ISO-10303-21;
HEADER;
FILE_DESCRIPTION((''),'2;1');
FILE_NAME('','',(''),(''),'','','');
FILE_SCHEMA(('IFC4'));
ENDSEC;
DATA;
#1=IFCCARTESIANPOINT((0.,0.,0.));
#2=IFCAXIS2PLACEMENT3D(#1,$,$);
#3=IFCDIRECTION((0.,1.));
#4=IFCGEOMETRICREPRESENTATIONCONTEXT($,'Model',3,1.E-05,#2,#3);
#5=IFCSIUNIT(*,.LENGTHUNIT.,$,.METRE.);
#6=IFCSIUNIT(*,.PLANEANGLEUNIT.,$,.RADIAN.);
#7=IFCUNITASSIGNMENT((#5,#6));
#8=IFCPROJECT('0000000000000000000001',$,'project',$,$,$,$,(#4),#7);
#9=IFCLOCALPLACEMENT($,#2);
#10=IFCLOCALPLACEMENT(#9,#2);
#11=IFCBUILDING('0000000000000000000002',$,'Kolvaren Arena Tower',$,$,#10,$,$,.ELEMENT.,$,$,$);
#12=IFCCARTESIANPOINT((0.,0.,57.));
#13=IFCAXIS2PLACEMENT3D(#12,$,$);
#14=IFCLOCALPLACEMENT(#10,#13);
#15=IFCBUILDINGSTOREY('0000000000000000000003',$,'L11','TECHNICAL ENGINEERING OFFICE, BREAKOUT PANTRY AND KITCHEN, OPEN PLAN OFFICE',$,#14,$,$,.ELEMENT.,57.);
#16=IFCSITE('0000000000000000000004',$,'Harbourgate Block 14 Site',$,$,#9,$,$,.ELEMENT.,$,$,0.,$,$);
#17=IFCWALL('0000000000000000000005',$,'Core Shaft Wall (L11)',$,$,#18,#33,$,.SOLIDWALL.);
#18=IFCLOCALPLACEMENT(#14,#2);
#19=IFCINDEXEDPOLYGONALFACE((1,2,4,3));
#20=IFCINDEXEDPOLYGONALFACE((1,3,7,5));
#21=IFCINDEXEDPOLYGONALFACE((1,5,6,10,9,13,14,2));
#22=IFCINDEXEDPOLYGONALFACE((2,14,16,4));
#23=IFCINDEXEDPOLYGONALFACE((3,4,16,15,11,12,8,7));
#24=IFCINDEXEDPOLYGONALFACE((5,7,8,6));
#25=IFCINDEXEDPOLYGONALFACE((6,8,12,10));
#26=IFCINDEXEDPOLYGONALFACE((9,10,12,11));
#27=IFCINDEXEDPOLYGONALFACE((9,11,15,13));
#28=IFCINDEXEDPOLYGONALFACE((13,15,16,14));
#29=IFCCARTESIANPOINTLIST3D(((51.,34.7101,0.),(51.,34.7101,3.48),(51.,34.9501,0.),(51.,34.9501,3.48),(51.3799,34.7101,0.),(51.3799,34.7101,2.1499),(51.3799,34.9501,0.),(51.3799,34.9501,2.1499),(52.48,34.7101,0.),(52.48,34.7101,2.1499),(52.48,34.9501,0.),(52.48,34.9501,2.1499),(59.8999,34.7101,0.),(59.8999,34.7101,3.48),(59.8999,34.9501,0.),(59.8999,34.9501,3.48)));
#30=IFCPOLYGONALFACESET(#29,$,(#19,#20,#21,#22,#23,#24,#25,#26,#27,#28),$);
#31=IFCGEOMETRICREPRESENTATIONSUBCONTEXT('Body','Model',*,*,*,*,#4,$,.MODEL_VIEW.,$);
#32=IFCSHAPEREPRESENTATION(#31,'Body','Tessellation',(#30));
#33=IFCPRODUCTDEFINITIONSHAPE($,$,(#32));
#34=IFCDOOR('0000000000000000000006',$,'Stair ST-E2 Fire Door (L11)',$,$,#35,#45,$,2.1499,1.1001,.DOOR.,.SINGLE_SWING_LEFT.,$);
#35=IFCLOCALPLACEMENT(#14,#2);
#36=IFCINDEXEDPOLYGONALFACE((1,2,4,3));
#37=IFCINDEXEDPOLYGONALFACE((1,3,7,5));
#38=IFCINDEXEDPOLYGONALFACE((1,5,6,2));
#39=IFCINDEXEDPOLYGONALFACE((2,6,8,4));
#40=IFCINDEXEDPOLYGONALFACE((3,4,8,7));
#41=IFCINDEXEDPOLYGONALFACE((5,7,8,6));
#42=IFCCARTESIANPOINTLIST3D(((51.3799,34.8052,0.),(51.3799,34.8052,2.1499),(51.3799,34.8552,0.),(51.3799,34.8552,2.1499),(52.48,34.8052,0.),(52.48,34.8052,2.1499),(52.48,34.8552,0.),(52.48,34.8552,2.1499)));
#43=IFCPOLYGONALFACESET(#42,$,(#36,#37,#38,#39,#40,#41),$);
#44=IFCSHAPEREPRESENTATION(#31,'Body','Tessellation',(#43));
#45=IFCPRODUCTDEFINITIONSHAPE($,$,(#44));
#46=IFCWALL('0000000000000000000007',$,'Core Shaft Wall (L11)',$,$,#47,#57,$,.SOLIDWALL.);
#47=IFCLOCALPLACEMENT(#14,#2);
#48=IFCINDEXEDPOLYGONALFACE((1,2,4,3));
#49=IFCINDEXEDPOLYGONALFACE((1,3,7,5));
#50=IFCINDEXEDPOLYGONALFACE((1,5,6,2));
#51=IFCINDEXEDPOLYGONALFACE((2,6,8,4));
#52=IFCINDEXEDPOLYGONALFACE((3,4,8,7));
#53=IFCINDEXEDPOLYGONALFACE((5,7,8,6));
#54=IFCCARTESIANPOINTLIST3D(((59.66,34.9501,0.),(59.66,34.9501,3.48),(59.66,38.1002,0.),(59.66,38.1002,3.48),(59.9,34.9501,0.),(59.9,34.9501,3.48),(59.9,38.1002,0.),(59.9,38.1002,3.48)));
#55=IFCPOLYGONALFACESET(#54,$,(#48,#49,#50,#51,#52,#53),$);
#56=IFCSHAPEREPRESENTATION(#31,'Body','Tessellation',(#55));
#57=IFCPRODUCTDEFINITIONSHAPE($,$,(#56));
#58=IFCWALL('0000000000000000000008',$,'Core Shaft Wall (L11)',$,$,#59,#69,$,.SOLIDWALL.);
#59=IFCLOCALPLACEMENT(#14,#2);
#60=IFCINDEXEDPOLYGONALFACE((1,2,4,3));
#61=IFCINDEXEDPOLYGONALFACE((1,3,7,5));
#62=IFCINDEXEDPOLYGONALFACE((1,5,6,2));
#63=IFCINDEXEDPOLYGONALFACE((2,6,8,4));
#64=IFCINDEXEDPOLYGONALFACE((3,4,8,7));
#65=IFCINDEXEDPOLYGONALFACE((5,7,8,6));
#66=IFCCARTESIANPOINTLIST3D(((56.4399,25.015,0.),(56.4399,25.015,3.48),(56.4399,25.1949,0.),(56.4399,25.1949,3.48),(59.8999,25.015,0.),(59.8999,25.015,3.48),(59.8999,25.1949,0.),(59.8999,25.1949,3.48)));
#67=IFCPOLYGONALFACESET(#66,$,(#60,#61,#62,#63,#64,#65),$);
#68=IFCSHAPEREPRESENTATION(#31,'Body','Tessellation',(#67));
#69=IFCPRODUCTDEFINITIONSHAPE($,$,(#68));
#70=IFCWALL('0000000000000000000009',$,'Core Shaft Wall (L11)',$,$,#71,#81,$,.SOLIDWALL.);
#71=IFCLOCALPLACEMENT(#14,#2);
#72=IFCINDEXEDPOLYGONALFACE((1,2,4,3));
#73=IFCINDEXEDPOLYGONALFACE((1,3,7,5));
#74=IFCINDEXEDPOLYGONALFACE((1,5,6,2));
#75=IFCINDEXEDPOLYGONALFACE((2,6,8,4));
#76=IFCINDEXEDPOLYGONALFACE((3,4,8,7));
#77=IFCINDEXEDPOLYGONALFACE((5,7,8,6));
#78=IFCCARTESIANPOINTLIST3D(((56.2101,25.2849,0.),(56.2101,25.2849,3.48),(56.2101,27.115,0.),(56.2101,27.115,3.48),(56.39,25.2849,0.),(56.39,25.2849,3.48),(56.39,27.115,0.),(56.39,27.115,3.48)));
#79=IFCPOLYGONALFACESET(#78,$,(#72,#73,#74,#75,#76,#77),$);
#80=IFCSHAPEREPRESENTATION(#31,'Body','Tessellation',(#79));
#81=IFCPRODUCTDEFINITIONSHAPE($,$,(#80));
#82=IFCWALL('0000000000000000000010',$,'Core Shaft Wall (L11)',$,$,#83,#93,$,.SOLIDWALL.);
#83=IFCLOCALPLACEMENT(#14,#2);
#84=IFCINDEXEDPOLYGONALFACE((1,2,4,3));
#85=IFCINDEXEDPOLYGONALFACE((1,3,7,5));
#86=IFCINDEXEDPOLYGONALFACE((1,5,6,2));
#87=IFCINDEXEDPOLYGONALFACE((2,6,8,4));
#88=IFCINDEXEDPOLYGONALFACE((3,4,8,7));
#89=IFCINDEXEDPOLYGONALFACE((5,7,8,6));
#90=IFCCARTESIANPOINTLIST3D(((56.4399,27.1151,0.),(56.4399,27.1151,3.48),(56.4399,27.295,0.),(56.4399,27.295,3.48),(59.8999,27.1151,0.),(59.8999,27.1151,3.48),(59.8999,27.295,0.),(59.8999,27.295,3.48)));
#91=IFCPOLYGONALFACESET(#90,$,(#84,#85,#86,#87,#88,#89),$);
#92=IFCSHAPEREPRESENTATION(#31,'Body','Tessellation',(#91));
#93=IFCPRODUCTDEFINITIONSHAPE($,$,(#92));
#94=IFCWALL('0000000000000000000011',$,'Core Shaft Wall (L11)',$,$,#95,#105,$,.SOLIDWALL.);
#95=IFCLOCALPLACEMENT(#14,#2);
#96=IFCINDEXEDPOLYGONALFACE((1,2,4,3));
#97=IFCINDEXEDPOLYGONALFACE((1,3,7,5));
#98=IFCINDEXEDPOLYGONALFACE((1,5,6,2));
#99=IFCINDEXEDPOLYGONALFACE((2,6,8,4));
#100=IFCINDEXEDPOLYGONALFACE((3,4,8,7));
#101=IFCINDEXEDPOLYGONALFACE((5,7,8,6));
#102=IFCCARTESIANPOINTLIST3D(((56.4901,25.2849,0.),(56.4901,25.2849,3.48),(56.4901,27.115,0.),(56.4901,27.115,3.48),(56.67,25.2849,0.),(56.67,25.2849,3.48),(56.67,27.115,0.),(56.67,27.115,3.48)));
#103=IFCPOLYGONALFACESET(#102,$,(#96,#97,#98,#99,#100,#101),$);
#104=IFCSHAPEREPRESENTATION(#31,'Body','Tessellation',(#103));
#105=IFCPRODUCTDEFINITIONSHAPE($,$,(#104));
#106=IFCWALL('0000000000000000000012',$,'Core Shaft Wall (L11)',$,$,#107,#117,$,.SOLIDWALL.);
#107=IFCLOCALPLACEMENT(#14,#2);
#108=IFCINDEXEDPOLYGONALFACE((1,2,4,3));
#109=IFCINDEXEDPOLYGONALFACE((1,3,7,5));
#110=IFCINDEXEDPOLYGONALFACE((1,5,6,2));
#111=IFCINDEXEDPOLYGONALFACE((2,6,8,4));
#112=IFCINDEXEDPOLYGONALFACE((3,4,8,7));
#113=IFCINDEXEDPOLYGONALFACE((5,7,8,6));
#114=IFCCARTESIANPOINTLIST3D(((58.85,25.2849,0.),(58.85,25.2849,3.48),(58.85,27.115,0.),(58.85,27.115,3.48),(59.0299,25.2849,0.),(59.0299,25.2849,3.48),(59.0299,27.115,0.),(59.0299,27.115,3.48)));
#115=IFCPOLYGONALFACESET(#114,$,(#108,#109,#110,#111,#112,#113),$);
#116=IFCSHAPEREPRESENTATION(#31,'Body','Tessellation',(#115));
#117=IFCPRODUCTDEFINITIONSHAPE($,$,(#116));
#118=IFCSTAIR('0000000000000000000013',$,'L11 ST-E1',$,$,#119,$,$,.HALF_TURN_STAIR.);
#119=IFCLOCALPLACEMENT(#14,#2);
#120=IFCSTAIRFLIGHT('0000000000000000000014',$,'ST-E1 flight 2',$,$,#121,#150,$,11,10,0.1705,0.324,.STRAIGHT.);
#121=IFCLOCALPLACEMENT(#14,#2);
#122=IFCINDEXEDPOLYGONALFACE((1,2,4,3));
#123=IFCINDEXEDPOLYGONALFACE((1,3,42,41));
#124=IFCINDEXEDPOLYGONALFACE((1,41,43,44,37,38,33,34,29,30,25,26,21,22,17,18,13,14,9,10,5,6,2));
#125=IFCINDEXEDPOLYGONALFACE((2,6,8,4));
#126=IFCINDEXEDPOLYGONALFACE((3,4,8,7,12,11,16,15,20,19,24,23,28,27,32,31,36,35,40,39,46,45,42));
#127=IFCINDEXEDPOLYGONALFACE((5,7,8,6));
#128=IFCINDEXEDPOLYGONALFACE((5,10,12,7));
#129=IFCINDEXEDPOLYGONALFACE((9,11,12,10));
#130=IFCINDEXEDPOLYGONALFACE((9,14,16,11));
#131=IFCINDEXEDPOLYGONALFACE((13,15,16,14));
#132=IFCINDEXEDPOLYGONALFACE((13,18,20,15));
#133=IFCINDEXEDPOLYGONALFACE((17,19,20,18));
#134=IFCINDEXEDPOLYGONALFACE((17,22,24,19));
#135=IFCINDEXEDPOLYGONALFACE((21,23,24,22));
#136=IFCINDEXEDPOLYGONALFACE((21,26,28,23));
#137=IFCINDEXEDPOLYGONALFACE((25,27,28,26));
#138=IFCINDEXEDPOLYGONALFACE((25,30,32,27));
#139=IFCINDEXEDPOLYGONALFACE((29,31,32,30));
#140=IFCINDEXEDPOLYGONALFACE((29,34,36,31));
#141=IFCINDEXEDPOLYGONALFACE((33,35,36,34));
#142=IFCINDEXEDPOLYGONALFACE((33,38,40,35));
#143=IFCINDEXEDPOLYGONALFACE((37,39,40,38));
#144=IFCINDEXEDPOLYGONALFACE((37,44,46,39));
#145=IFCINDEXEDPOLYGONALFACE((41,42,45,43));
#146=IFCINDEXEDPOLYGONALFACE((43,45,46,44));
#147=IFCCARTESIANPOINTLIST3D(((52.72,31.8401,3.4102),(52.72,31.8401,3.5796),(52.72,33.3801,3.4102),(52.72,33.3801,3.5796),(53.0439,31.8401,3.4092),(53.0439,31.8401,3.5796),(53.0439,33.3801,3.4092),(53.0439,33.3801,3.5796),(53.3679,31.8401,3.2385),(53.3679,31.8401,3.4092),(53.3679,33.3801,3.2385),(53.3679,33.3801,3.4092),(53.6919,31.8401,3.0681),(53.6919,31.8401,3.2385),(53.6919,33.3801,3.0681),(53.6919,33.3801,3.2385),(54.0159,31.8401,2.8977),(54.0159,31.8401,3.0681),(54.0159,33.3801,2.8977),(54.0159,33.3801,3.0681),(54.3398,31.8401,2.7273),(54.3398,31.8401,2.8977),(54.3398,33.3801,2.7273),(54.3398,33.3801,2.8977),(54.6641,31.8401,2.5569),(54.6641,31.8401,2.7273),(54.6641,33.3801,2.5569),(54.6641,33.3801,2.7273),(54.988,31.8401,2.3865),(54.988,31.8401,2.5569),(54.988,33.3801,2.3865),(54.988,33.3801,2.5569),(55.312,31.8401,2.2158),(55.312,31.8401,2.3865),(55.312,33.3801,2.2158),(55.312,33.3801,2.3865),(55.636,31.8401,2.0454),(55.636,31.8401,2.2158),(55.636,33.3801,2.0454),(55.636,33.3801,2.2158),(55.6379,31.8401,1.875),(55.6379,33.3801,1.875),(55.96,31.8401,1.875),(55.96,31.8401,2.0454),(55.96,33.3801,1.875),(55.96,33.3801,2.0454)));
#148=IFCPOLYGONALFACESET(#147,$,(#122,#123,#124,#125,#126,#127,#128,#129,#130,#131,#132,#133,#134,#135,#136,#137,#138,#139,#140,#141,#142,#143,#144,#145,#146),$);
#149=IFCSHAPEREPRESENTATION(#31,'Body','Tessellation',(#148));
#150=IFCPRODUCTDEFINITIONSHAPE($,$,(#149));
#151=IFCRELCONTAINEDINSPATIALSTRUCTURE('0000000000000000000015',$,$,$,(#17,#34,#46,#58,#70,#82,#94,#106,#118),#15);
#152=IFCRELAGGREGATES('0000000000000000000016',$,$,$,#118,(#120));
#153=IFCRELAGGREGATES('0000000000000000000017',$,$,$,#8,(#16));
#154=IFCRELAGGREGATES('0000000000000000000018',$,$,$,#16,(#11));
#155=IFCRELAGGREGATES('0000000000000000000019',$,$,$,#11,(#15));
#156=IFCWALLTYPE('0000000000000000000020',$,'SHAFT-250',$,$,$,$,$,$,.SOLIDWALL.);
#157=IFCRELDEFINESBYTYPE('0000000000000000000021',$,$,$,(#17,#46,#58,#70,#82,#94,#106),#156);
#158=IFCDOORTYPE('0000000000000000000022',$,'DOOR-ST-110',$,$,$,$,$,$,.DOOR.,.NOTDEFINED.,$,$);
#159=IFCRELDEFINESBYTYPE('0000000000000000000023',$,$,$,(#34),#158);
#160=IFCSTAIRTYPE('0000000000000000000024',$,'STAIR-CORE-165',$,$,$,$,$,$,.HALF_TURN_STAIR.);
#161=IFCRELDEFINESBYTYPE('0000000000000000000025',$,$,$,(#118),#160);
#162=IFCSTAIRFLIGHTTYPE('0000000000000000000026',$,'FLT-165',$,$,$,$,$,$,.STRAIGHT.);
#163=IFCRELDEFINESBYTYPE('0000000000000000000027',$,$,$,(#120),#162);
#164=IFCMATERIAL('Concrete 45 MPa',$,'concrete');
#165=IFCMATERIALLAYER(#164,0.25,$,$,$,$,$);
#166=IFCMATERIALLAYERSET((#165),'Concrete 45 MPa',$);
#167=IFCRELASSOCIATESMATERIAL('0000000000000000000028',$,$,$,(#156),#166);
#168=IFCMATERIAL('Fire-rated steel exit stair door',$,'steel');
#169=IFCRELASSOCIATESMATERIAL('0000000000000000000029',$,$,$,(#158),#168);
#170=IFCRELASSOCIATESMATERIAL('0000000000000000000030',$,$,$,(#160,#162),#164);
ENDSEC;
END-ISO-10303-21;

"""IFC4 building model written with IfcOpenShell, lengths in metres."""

from ifc_helpers import new_model, si_unit, direction, frame, frame_2d, origin, place, context, subcontext, project, spatial, polyline, rectangle, outline, extrude, material, layer, layer_set, type_object, element, fill, aggregate, save


model = new_model("IFC4")

# Units and contexts
model_context = context("Model", 3, precision=1e-05, world=origin(), true_north=direction((0.0, 1.0)))
body_context = subcontext(model_context, "Body", "Model", "MODEL_VIEW")
ifc_project = project(units=[si_unit("LENGTHUNIT", "METRE"), si_unit("PLANEANGLEUNIT", "RADIAN")], contexts=[model_context])

# Site, building, storey
site_placement = place(None, origin())
site = spatial("IfcSite", under=ifc_project, at=site_placement, Name="Harbourgate Block 14 Site", CompositionType="ELEMENT", RefElevation=0.0)
building_placement = place(site_placement, origin())
building = spatial("IfcBuilding", under=site, at=building_placement, Name="Kolvaren Arena Tower", CompositionType="ELEMENT")
storey_placement = place(building_placement, frame((0.0, 0.0, 57.0)))
storey = spatial("IfcBuildingStorey", under=building, at=storey_placement, Name="L11", Description="TECHNICAL ENGINEERING OFFICE, BREAKOUT PANTRY AND KITCHEN, OPEN PLAN OFFICE", CompositionType="ELEMENT", Elevation=57.0)

# Shared definitions
ifc_material_1 = material(Name="Concrete 45 MPa", Category="concrete")
ifc_layer = layer(ifc_material_1, 0.25)
ifc_layer_set = layer_set([ifc_layer], Name="Concrete 45 MPa")
wall_type = type_object("IfcWallType", Name="SHAFT-250", PredefinedType="SOLIDWALL", material=ifc_layer_set)
ifc_material_2 = material(Name="Fire-rated steel exit stair door", Category="steel")
door_type = type_object("IfcDoorType", Name="DOOR-ST-110", OperationType="NOTDEFINED", PredefinedType="DOOR", material=ifc_material_2)

# Wall, opening, door
wall_1_placement = place(storey_placement, frame((59.8999, 34.8301, 0.0), z_axis=(0.0, 0.0, 1.0), x_axis=(-1.0, 0.0, 0.0)))
wall_1 = element("IfcWall", 1, at=wall_1_placement, inside=storey, type_object=wall_type, Name="Core Shaft Wall (L11)", PredefinedType="SOLIDWALL", context=body_context, shape_type="SweptSolid", body=[
    extrude(rectangle(XDim=8.8999, YDim=0.24, at=frame_2d((4.45, 0.0))), origin(), (0.0, 0.0, 1.0), 3.48),
])
opening_1_placement = place(wall_1_placement, frame((7.4199, 0.0, 0.0)))
opening_1 = element("IfcOpeningElement", 2, at=opening_1_placement, cuts=wall_1, PredefinedType="OPENING", context=body_context, shape_type="SweptSolid", body=[
    extrude(rectangle(XDim=1.1001, YDim=2.1499, at=frame_2d((0.55, 1.075))), frame((0.0, 0.1299, 0.0), z_axis=(0.0, -1.0, 0.0), x_axis=(1.0, 0.0, 0.0)), (0.0, 0.0, 1.0), 0.26),
])
door_1_placement = place(opening_1_placement, origin())
door_1 = element("IfcDoor", 3, at=door_1_placement, inside=storey, type_object=door_type, Name="Stair ST-E2 Fire Door (L11)", OperationType="SINGLE_SWING_LEFT", OverallHeight=2.1499, OverallWidth=1.1001, PredefinedType="DOOR", context=body_context, shape_type="SweptSolid", body=[
    extrude(rectangle(XDim=1.1001, YDim=2.1499, at=frame_2d((0.55, 1.075))), frame((0.0, 0.0249, 0.0), z_axis=(0.0, -1.0, 0.0), x_axis=(1.0, 0.0, 0.0)), (0.0, 0.0, 1.0), 0.05),
])
fill(opening_1, door_1)

# Walls
wall_2_placement = place(storey_placement, frame((59.78, 34.95, 0.0), z_axis=(0.0, 0.0, 1.0), x_axis=(0.0, 1.0, 0.0)))
element("IfcWall", 4, at=wall_2_placement, inside=storey, type_object=wall_type, Name="Core Shaft Wall (L11)", PredefinedType="SOLIDWALL", context=body_context, shape_type="SweptSolid", body=[
    extrude(rectangle(XDim=3.1501, YDim=0.24, at=frame_2d((1.5752, 0.0))), origin(), (0.0, 0.0, 1.0), 3.48),
])
wall_3_placement = place(storey_placement, frame((56.4399, 25.105, 0.0), z_axis=(0.0, 0.0, 1.0), x_axis=(1.0, 0.0, 0.0)))
element("IfcWall", 5, at=wall_3_placement, inside=storey, type_object=wall_type, Name="Core Shaft Wall (L11)", PredefinedType="SOLIDWALL", context=body_context, shape_type="SweptSolid", body=[
    extrude(rectangle(XDim=3.46, YDim=0.1799, at=frame_2d((1.73, 0.0))), origin(), (0.0, 0.0, 1.0), 3.48),
])
wall_4_placement = place(storey_placement, frame((56.3, 25.2849, 0.0), z_axis=(0.0, 0.0, 1.0), x_axis=(0.0, 1.0, 0.0)))
element("IfcWall", 6, at=wall_4_placement, inside=storey, type_object=wall_type, Name="Core Shaft Wall (L11)", PredefinedType="SOLIDWALL", context=body_context, shape_type="SweptSolid", body=[
    extrude(rectangle(XDim=1.8301, YDim=0.1799, at=frame_2d((0.915, 0.0))), origin(), (0.0, 0.0, 1.0), 3.48),
])
wall_5_placement = place(storey_placement, frame((56.4399, 27.2051, 0.0), z_axis=(0.0, 0.0, 1.0), x_axis=(1.0, 0.0, 0.0)))
element("IfcWall", 7, at=wall_5_placement, inside=storey, type_object=wall_type, Name="Core Shaft Wall (L11)", PredefinedType="SOLIDWALL", context=body_context, shape_type="SweptSolid", body=[
    extrude(rectangle(XDim=3.46, YDim=0.1799, at=frame_2d((1.73, 0.0))), origin(), (0.0, 0.0, 1.0), 3.48),
])
for number, where, z_axis, x_axis, name in (
    (8, (56.5801, 25.2849, 0.0), (0.0, 0.0, 1.0), (0.0, 1.0, 0.0), "Core Shaft Wall (L11)"),
    (9, (58.9399, 25.2849, 0.0), (0.0, 0.0, 1.0), (0.0, 1.0, 0.0), "Core Shaft Wall (L11)"),
):
    element("IfcWall", number, at=place(storey_placement, frame(where, z_axis=z_axis, x_axis=x_axis)), inside=storey, type_object=wall_type, Name=name, PredefinedType="SOLIDWALL", context=body_context, shape_type="SweptSolid", body=[
        extrude(rectangle(XDim=1.8301, YDim=0.1799, at=frame_2d((0.915, 0.0))), origin(), (0.0, 0.0, 1.0), 3.48),
    ])

# Stair, stair flight
stair_type = type_object("IfcStairType", Name="STAIR-CORE-165", PredefinedType="HALF_TURN_STAIR", material=ifc_material_1)
stair_placement = place(storey_placement, origin())
stair = element("IfcStair", 10, at=stair_placement, inside=storey, type_object=stair_type, Name="L11 ST-E1", PredefinedType="HALF_TURN_STAIR")
stair_flight_type = type_object("IfcStairFlightType", Name="FLT-165", PredefinedType="STRAIGHT", material=ifc_material_1)
stair_flight_placement = place(storey_placement, frame((55.96, 32.6101, 1.875), z_axis=(0.0, 0.0, 1.0), x_axis=(-1.0, 0.0, 0.0)))
stair_flight = element("IfcStairFlight", 11, at=stair_flight_placement, type_object=stair_flight_type, Name="ST-E1 flight 2", NumberOfRisers=11, NumberOfTreads=10, PredefinedType="STRAIGHT", RiserHeight=0.1705, TreadLength=0.324, context=body_context, shape_type="SweptSolid", body=[
    extrude(outline(polyline([(0.0, 0.0), (0.0, 0.1704), (0.324, 0.1704), (0.324, 0.3408), (0.6479, 0.3408), (0.6479, 0.5115), (0.9719, 0.5115), (0.9719, 0.6819), (1.2959, 0.6819), (1.2959, 0.8523), (1.6201, 0.8523), (1.6201, 1.0227), (1.9441, 1.0227), (1.9441, 1.1931), (2.2681, 1.1931), (2.2681, 1.3635), (2.592, 1.3635), (2.592, 1.5342), (2.916, 1.5342), (2.916, 1.7046), (3.24, 1.7046), (3.24, 1.875), (3.24, 1.5352), (0.322, 0.0), (0.0, 0.0)])), frame((0.0, 0.77, 0.0), z_axis=(0.0, -1.0, 0.0), x_axis=(1.0, 0.0, 0.0)), (0.0, 0.0, 1.0), 1.54),
])
aggregate(stair, [stair_flight])

save(model, "model.ifc")
